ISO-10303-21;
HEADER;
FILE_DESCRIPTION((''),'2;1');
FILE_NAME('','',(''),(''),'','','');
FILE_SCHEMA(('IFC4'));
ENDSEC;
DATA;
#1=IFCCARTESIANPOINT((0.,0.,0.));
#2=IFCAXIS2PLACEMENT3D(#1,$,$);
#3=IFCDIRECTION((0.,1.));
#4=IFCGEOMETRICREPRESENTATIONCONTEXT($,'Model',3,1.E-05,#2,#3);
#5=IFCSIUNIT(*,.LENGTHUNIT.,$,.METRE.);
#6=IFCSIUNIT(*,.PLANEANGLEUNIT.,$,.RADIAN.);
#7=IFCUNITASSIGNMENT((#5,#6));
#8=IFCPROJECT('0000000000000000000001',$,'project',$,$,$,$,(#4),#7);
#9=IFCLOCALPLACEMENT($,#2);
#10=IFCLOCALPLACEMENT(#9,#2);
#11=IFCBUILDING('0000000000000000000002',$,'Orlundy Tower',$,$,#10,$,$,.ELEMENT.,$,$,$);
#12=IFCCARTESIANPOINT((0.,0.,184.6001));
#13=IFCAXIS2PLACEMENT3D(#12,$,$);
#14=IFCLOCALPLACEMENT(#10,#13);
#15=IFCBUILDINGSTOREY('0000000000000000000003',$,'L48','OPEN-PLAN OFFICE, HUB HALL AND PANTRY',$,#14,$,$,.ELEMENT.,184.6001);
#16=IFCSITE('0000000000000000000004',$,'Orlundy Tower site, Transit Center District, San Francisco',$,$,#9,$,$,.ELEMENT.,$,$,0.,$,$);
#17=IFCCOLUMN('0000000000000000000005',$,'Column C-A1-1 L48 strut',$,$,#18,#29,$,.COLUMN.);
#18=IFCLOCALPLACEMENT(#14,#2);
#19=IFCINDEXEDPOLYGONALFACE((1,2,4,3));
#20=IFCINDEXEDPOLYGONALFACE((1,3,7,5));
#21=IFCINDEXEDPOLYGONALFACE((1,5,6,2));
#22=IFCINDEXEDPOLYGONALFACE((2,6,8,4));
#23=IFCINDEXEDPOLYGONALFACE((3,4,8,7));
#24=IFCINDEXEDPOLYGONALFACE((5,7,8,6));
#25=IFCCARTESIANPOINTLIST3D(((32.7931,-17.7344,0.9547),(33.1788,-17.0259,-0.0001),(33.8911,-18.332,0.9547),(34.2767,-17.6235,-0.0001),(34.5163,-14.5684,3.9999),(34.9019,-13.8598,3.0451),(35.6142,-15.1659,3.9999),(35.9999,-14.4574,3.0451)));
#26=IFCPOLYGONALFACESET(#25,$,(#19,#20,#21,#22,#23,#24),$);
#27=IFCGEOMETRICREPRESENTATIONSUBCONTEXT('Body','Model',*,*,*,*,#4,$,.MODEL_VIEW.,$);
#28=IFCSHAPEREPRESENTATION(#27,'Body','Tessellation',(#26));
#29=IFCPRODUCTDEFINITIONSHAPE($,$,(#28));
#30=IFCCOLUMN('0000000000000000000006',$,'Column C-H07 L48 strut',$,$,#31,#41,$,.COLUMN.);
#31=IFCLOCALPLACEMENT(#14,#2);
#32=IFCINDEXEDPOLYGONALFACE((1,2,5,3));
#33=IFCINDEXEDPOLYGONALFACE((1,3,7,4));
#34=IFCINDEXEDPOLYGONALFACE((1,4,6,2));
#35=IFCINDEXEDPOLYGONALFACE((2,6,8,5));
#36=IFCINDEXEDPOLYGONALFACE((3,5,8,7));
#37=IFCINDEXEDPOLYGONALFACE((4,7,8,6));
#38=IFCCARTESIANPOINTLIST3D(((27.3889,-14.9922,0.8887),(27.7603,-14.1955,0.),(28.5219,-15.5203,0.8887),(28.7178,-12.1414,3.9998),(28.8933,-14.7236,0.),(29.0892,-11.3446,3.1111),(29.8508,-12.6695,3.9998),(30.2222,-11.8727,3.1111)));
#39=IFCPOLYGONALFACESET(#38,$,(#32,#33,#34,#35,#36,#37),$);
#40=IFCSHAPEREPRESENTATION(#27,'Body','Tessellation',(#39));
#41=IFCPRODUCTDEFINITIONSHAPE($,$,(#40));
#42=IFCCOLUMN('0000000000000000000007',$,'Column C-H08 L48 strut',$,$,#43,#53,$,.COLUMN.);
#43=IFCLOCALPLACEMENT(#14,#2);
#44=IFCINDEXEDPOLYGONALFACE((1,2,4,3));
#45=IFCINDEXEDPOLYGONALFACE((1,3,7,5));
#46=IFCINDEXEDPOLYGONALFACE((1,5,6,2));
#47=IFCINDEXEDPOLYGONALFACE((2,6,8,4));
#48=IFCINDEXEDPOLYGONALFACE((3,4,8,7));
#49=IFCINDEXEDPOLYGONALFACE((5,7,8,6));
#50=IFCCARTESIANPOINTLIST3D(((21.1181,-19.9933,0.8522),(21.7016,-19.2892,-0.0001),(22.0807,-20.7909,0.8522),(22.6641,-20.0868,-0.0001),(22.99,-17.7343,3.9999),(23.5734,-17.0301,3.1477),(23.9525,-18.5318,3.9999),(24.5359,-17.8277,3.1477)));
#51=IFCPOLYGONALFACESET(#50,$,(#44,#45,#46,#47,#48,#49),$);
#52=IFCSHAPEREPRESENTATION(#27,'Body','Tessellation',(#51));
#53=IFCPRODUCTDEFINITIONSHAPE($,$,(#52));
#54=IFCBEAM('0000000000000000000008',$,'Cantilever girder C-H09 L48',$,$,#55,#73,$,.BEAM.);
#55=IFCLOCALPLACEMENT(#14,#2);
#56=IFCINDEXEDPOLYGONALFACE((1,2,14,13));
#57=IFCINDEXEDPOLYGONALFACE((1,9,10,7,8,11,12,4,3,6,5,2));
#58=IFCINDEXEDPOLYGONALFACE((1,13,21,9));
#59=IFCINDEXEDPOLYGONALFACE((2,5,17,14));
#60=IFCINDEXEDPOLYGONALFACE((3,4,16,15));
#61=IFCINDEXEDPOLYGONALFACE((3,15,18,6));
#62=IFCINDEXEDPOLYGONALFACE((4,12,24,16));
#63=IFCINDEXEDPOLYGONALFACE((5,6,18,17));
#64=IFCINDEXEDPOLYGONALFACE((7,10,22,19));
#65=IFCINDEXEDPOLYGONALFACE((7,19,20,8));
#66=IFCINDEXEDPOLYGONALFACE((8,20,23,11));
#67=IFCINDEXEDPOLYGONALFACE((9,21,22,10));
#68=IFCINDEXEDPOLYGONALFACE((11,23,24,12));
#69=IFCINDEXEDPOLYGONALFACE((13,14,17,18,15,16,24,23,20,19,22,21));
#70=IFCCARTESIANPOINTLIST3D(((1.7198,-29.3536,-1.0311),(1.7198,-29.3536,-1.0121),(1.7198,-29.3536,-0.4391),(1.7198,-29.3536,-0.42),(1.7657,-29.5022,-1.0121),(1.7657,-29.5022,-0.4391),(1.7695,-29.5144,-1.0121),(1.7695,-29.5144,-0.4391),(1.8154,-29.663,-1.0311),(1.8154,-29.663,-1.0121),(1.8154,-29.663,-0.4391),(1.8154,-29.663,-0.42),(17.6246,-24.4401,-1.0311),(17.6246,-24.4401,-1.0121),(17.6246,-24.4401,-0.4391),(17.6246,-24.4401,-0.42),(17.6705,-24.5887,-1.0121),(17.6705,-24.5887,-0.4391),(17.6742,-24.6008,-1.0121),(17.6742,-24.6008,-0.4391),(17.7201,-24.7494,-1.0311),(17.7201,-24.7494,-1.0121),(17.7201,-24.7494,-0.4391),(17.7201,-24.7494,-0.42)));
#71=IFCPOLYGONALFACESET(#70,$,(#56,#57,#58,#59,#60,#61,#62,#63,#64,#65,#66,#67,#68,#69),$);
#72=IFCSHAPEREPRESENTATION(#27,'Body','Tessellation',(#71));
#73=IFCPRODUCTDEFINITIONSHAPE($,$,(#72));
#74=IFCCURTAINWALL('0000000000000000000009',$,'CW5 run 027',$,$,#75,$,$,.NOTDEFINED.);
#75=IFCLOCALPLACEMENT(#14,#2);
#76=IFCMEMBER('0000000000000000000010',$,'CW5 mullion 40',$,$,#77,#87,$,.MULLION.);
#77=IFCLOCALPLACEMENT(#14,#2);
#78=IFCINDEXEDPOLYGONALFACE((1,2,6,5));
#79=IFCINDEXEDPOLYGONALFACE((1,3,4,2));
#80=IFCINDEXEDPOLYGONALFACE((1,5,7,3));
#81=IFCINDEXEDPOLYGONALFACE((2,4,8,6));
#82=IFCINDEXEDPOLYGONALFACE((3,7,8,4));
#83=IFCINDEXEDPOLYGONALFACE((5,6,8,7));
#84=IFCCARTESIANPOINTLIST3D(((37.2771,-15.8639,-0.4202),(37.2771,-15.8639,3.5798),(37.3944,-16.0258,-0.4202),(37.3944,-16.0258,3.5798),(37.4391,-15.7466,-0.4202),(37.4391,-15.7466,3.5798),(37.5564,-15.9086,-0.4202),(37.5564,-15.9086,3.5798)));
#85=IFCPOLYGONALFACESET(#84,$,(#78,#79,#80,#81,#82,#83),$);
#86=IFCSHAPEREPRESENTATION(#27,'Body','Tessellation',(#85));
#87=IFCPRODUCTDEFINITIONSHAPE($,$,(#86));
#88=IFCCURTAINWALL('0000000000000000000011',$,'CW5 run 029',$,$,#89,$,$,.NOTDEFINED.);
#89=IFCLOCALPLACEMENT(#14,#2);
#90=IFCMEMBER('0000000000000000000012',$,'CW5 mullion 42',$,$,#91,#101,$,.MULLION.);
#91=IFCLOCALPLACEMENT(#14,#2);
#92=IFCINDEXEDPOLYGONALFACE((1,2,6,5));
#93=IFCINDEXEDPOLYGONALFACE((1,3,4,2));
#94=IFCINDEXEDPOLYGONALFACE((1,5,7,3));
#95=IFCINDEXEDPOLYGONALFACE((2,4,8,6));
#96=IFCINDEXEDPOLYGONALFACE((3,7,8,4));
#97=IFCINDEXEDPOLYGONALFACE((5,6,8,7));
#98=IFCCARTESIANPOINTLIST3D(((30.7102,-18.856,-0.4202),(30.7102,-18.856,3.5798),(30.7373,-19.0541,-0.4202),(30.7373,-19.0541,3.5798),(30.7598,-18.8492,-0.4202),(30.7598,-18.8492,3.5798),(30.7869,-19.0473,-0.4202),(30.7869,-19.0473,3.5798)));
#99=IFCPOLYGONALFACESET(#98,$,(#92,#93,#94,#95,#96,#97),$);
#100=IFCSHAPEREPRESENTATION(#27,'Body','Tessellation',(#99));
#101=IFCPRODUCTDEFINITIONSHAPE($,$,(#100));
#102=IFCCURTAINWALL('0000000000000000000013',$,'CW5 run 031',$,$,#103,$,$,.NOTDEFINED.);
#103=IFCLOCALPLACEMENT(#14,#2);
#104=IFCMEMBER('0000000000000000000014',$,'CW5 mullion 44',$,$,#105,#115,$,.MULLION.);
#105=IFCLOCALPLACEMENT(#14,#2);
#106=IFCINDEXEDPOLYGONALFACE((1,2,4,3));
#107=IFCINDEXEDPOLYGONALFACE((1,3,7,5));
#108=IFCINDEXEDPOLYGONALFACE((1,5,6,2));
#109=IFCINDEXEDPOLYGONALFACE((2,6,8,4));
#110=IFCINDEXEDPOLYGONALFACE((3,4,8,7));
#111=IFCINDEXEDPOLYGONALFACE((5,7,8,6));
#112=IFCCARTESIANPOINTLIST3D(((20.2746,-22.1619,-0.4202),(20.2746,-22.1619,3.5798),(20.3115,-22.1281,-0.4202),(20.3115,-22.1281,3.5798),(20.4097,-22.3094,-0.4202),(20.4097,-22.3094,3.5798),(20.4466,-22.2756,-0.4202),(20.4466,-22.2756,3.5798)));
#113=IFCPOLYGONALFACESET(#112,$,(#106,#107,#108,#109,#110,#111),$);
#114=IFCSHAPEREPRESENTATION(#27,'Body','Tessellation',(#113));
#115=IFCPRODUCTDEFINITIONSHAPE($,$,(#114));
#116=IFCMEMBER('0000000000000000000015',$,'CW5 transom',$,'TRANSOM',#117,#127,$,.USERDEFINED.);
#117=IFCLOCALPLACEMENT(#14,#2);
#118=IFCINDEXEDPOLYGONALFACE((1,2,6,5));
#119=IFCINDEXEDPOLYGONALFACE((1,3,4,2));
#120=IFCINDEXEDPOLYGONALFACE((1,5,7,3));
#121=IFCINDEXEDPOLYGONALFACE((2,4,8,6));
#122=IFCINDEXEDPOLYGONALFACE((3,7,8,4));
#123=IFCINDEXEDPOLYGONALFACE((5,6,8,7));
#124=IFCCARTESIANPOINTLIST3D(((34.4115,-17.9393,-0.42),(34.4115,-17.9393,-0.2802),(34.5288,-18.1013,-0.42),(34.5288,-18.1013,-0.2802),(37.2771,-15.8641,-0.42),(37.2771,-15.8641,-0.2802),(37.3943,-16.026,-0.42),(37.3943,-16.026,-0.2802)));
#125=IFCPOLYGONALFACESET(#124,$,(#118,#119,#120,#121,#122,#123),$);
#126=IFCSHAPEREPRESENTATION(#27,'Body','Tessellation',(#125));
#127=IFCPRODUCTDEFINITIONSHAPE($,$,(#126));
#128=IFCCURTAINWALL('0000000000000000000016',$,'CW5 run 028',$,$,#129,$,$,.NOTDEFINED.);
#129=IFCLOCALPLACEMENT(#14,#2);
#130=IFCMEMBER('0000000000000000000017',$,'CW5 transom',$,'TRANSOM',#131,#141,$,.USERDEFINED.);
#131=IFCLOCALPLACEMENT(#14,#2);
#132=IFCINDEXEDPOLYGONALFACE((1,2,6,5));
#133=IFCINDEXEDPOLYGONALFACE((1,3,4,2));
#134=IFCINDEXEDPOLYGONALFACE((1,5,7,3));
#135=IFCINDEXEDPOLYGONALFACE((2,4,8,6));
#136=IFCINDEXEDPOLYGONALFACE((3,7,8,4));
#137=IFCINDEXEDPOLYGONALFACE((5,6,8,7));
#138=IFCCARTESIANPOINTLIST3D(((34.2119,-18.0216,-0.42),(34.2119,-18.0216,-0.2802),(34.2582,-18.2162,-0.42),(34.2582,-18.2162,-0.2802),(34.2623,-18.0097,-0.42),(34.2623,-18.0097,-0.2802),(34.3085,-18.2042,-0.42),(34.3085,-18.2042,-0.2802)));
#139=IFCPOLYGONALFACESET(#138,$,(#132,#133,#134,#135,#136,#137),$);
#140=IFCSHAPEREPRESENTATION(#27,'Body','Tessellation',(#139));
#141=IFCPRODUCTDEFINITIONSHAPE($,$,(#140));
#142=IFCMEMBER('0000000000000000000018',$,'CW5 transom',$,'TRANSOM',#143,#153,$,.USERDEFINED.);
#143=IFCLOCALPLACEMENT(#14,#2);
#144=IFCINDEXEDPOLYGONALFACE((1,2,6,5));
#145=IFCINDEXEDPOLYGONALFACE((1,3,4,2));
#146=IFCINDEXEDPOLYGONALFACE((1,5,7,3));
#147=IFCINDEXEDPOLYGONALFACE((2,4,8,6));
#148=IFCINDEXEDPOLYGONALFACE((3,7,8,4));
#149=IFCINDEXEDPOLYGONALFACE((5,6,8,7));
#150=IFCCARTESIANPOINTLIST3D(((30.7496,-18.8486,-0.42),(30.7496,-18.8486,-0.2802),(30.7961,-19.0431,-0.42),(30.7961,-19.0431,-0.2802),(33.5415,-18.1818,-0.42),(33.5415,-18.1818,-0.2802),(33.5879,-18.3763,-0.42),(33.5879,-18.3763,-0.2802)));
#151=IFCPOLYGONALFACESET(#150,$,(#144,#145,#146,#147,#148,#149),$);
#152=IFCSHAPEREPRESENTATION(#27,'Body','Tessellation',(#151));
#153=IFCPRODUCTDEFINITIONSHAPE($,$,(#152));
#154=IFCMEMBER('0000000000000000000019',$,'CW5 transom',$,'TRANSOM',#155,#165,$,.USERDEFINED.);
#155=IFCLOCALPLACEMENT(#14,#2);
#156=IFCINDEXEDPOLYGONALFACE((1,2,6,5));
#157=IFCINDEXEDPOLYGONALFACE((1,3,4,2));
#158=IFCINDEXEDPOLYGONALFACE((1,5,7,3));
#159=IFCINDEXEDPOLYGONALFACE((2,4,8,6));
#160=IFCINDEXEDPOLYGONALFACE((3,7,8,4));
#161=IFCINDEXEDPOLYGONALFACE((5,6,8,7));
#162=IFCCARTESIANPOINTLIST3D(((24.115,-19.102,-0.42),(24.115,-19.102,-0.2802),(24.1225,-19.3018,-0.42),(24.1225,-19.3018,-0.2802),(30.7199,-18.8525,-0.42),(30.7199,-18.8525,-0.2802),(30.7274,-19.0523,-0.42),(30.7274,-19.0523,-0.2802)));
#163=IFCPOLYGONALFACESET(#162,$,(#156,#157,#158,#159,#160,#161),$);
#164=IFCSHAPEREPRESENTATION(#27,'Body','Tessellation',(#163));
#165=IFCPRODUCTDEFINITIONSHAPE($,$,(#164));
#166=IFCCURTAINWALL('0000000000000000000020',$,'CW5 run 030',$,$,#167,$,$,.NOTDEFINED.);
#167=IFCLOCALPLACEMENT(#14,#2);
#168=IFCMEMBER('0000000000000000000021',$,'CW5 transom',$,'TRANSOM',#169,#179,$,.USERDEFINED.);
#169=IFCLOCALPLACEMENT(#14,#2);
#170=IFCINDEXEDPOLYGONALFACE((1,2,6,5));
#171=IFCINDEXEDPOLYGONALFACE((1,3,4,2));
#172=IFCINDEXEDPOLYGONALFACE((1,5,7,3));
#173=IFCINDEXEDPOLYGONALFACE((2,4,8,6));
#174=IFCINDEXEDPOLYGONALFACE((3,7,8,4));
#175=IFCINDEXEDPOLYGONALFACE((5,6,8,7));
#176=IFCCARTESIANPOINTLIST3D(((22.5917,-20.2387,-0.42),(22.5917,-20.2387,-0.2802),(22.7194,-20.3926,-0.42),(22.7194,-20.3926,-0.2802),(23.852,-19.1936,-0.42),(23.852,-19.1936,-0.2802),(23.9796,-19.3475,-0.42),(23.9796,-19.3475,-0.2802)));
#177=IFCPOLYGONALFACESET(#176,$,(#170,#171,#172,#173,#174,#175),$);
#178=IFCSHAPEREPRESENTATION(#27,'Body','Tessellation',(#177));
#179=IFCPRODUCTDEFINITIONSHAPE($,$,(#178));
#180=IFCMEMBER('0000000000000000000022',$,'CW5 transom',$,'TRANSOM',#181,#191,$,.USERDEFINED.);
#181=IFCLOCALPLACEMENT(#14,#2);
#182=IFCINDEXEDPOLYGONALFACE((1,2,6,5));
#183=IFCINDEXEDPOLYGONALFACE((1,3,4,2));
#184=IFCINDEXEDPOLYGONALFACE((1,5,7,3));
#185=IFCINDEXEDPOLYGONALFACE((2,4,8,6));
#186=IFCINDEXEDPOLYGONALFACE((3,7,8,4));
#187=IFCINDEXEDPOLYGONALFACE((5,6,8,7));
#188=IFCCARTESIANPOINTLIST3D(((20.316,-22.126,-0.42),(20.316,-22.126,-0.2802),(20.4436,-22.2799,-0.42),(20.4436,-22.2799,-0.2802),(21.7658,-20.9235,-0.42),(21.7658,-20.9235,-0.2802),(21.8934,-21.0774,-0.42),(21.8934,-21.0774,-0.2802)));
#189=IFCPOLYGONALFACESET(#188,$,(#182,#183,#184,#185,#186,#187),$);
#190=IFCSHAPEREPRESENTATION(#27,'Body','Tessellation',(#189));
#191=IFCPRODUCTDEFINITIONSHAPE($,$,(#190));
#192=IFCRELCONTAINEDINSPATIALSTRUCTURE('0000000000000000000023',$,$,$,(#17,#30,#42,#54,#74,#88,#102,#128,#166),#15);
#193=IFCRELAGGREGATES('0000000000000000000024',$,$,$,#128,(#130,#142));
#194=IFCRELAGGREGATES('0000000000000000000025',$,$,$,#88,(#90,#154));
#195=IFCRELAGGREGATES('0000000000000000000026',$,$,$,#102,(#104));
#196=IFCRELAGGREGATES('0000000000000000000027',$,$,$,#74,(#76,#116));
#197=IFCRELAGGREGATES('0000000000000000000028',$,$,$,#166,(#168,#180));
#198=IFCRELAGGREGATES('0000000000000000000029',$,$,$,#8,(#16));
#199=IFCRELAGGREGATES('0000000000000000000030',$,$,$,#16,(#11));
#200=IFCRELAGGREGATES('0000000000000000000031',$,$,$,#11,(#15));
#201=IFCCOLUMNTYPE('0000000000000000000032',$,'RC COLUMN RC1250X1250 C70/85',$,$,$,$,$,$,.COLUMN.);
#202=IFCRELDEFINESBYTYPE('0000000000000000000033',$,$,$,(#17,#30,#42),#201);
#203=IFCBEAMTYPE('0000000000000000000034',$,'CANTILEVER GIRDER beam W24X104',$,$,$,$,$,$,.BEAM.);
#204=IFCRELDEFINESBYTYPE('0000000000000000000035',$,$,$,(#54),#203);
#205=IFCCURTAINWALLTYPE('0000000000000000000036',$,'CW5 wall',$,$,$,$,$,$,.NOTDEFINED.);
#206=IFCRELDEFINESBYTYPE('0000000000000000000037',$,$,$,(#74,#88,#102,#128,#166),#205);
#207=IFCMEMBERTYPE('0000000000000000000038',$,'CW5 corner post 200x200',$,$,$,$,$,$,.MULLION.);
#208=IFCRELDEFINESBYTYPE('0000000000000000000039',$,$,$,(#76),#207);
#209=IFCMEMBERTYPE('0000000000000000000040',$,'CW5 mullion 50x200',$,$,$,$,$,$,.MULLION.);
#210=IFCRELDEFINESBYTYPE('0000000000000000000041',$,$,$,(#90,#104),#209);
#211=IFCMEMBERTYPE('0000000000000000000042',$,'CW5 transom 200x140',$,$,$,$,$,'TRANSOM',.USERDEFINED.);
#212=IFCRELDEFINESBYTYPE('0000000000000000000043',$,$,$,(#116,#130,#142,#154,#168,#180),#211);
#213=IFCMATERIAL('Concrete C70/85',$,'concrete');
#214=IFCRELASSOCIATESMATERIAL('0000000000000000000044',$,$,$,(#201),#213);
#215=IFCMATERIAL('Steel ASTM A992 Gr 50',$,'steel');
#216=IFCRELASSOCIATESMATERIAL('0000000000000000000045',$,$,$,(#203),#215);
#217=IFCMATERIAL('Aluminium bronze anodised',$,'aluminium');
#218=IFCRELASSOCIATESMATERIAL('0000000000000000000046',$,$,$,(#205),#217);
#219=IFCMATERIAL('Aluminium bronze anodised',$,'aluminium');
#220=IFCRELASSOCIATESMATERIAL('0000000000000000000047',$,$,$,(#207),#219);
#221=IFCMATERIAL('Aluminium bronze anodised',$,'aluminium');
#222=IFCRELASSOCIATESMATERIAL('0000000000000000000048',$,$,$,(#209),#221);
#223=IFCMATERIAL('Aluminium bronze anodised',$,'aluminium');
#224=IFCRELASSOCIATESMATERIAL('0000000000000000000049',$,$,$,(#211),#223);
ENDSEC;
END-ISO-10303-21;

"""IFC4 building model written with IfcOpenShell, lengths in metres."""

from ifc_helpers import new_model, si_unit, direction, frame, origin, origin_2d, place, context, subcontext, project, spatial, rectangle, i_section, extrude, material, material_profile, profile_set, type_object, element, aggregate, save


model = new_model("IFC4")

# Units and contexts
model_context = context("Model", 3, precision=1e-05, world=origin(), true_north=direction((0.0, 1.0)))
body_context = subcontext(model_context, "Body", "Model", "MODEL_VIEW")
ifc_project = project(units=[si_unit("LENGTHUNIT", "METRE"), si_unit("PLANEANGLEUNIT", "RADIAN")], contexts=[model_context])

# Site, building, storey
site_placement = place(None, origin())
site = spatial("IfcSite", under=ifc_project, at=site_placement, Name="Orlundy Tower site, Transit Center District, San Francisco", CompositionType="ELEMENT", RefElevation=0.0)
building_placement = place(site_placement, origin())
building = spatial("IfcBuilding", under=site, at=building_placement, Name="Orlundy Tower", CompositionType="ELEMENT")
storey_placement = place(building_placement, frame((0.0, 0.0, 184.6001)))
storey = spatial("IfcBuildingStorey", under=building, at=storey_placement, Name="L48", Description="OPEN-PLAN OFFICE, HUB HALL AND PANTRY", CompositionType="ELEMENT", Elevation=184.6001)

# Columns
ifc_material_1 = material(Name="Concrete C70/85", Category="concrete")
ifc_material_profile_1 = material_profile(ifc_material_1, rectangle(XDim=1.25, YDim=1.25, at=origin_2d()), Name="RC1250X1250")
ifc_profile_set_1 = profile_set([ifc_material_profile_1], Name="Concrete C70/85")
column_type = type_object("IfcColumnType", Name="RC COLUMN RC1250X1250 C70/85", PredefinedType="COLUMN", material=ifc_profile_set_1)
column_1_placement = place(storey_placement, frame((33.5349, -17.679, 0.4773), z_axis=(0.365175, 0.670954, 0.645343), x_axis=(-0.878335, 0.478045, 0.0)))
element("IfcColumn", 1, at=column_1_placement, inside=storey, type_object=column_type, Name="Column C-A1-1 L48 strut", PredefinedType="COLUMN", context=body_context, shape_type="SweptSolid", body=[
    extrude(rectangle(XDim=1.25, YDim=1.25, at=origin_2d()), origin(), (0.0, 0.0, 1.0), 4.7188),
])
column_2_placement = place(storey_placement, frame((28.1411, -14.8579, 0.4443), z_axis=(0.300373, 0.644398, 0.703226), x_axis=(-0.906369, 0.422486, 0.0)))
element("IfcColumn", 2, at=column_2_placement, inside=storey, type_object=column_type, Name="Column C-H07 L48 strut", PredefinedType="COLUMN", context=body_context, shape_type="SweptSolid", body=[
    extrude(rectangle(XDim=1.25, YDim=1.25, at=origin_2d()), origin(), (0.0, 0.0, 1.0), 4.4241),
])
column_3_placement = place(storey_placement, frame((21.8911, -20.04, 0.426), z_axis=(0.435014, 0.525002, 0.73153), x_axis=(-0.770012, 0.638029, 0.0)))
element("IfcColumn", 3, at=column_3_placement, inside=storey, type_object=column_type, Name="Column C-H08 L48 strut", PredefinedType="COLUMN", context=body_context, shape_type="SweptSolid", body=[
    extrude(rectangle(XDim=1.25, YDim=1.25, at=origin_2d()), origin(), (0.0, 0.0, 1.0), 4.303),
])

# Beam
ifc_material_2 = material(Name="Steel ASTM A992 Gr 50", Category="steel")
ifc_material_profile_2 = material_profile(ifc_material_2, i_section(OverallWidth=0.3237, OverallDepth=0.6111, WebThickness=0.0127, FlangeThickness=0.019, at=origin_2d()), Name="W24X104")
ifc_profile_set_2 = profile_set([ifc_material_profile_2], Name="Steel ASTM A992 Gr 50")
beam_type = type_object("IfcBeamType", Name="CANTILEVER GIRDER beam W24X104", PredefinedType="BEAM", material=ifc_profile_set_2)
beam_placement = place(storey_placement, frame((17.6724, -24.5947, -0.7256), z_axis=(-0.955444, -0.295172, 0.0), x_axis=(0.295172, -0.955444, 0.0)))
element("IfcBeam", 4, at=beam_placement, inside=storey, type_object=beam_type, Name="Cantilever girder C-H09 L48", PredefinedType="BEAM", context=body_context, shape_type="SweptSolid", body=[
    extrude(i_section(OverallWidth=0.3237, OverallDepth=0.6111, WebThickness=0.0127, FlangeThickness=0.019, at=origin_2d()), origin(), (0.0, 0.0, 1.0), 16.6465),
])

# Curtain walls, members
ifc_material_3 = material(Name="Aluminium bronze anodised", Category="aluminium")
curtain_wall_type = type_object("IfcCurtainWallType", Name="CW5 wall", PredefinedType="NOTDEFINED", material=ifc_material_3)
curtain_wall_1_placement = place(storey_placement, origin())
curtain_wall_1 = element("IfcCurtainWall", 5, at=curtain_wall_1_placement, inside=storey, type_object=curtain_wall_type, Name="CW5 run 027", PredefinedType="NOTDEFINED")
ifc_material_4 = material(Name="Aluminium bronze anodised", Category="aluminium")
ifc_material_profile_3 = material_profile(ifc_material_4, rectangle(XDim=0.2, YDim=0.2, at=origin_2d()), Name="CW5 corner post 200x200")
ifc_profile_set_3 = profile_set([ifc_material_profile_3], Name="Aluminium bronze anodised")
member_type_1 = type_object("IfcMemberType", Name="CW5 corner post 200x200", PredefinedType="MULLION", material=ifc_profile_set_3)
member_1_placement = place(storey_placement, frame((37.4167, -15.8862, -0.4202), z_axis=(0.0, 0.0, 1.0), x_axis=(0.586534, -0.809924, 0.0)))
member_1 = element("IfcMember", 6, at=member_1_placement, type_object=member_type_1, Name="CW5 mullion 40", PredefinedType="MULLION", context=body_context, shape_type="SweptSolid", body=[
    extrude(rectangle(XDim=0.2, YDim=0.2, at=origin_2d()), origin(), (0.0, 0.0, 1.0), 4.0),
])
curtain_wall_2_placement = place(storey_placement, origin())
curtain_wall_2 = element("IfcCurtainWall", 7, at=curtain_wall_2_placement, inside=storey, type_object=curtain_wall_type, Name="CW5 run 029", PredefinedType="NOTDEFINED")
ifc_material_5 = material(Name="Aluminium bronze anodised", Category="aluminium")
ifc_material_profile_4 = material_profile(ifc_material_5, rectangle(XDim=0.2, YDim=0.05, at=origin_2d()), Name="CW5 mullion 50x200")
ifc_profile_set_4 = profile_set([ifc_material_profile_4], Name="Aluminium bronze anodised")
member_type_2 = type_object("IfcMemberType", Name="CW5 mullion 50x200", PredefinedType="MULLION", material=ifc_profile_set_4)
member_2_placement = place(storey_placement, frame((30.7485, -18.9517, -0.4202), z_axis=(0.0, 0.0, 1.0), x_axis=(0.135672, -0.990754, 0.0)))
member_2 = element("IfcMember", 8, at=member_2_placement, type_object=member_type_2, Name="CW5 mullion 42", PredefinedType="MULLION", context=body_context, shape_type="SweptSolid", body=[
    extrude(rectangle(XDim=0.2, YDim=0.05, at=origin_2d()), origin(), (0.0, 0.0, 1.0), 4.0),
])
curtain_wall_3_placement = place(storey_placement, origin())
curtain_wall_3 = element("IfcCurtainWall", 9, at=curtain_wall_3_placement, inside=storey, type_object=curtain_wall_type, Name="CW5 run 031", PredefinedType="NOTDEFINED")
member_3_placement = place(storey_placement, frame((20.3606, -22.2188, -0.4202), z_axis=(0.0, 0.0, 1.0), x_axis=(0.675602, -0.737266, 0.0)))
member_3 = element("IfcMember", 10, at=member_3_placement, type_object=member_type_2, Name="CW5 mullion 44", PredefinedType="MULLION", context=body_context, shape_type="SweptSolid", body=[
    extrude(rectangle(XDim=0.2, YDim=0.05, at=origin_2d()), origin(), (0.0, 0.0, 1.0), 4.0),
])

# Member
ifc_material_6 = material(Name="Aluminium bronze anodised", Category="aluminium")
ifc_material_profile_5 = material_profile(ifc_material_6, rectangle(XDim=0.2, YDim=0.1399, at=origin_2d()), Name="CW5 transom 200x140")
ifc_profile_set_5 = profile_set([ifc_material_profile_5], Name="Aluminium bronze anodised")
member_type_3 = type_object("IfcMemberType", Name="CW5 transom 200x140", ElementType="TRANSOM", PredefinedType="USERDEFINED", material=ifc_profile_set_5)
member_4_placement = place(storey_placement, frame((37.3357, -15.9451, -0.3501), z_axis=(-0.809916, -0.586546, 0.0), x_axis=(0.586546, -0.809916, 0.0)))
member_4 = element("IfcMember", 11, at=member_4_placement, type_object=member_type_3, Name="CW5 transom", ObjectType="TRANSOM", PredefinedType="USERDEFINED", context=body_context, shape_type="SweptSolid", body=[
    extrude(rectangle(XDim=0.2, YDim=0.1399, at=origin_2d()), origin(), (0.0, 0.0, 1.0), 3.5381),
])

# Curtain wall, members
curtain_wall_4_placement = place(storey_placement, origin())
curtain_wall_4 = element("IfcCurtainWall", 12, at=curtain_wall_4_placement, inside=storey, type_object=curtain_wall_type, Name="CW5 run 028", PredefinedType="NOTDEFINED")
member_5_placement = place(storey_placement, frame((34.2854, -18.1069, -0.3501), z_axis=(-0.972857, -0.231408, 0.0), x_axis=(0.231408, -0.972857, 0.0)))
member_5 = element("IfcMember", 13, at=member_5_placement, type_object=member_type_3, Name="CW5 transom", ObjectType="TRANSOM", PredefinedType="USERDEFINED", context=body_context, shape_type="SweptSolid", body=[
    extrude(rectangle(XDim=0.2, YDim=0.1399, at=origin_2d()), origin(), (0.0, 0.0, 1.0), 0.0518),
])
member_6_placement = place(storey_placement, frame((33.5647, -18.2791, -0.3501), z_axis=(-0.972645, -0.232295, 0.0), x_axis=(0.232295, -0.972645, 0.0)))
member_6 = element("IfcMember", 14, at=member_6_placement, type_object=member_type_3, Name="CW5 transom", ObjectType="TRANSOM", PredefinedType="USERDEFINED", context=body_context, shape_type="SweptSolid", body=[
    extrude(rectangle(XDim=0.2, YDim=0.1399, at=origin_2d()), origin(), (0.0, 0.0, 1.0), 2.8704),
])

# Member
member_7_placement = place(storey_placement, frame((30.7236, -18.9524, -0.3501), z_axis=(-0.999287, -0.037749, 0.0), x_axis=(0.037749, -0.999287, 0.0)))
member_7 = element("IfcMember", 15, at=member_7_placement, type_object=member_type_3, Name="CW5 transom", ObjectType="TRANSOM", PredefinedType="USERDEFINED", context=body_context, shape_type="SweptSolid", body=[
    extrude(rectangle(XDim=0.2, YDim=0.1399, at=origin_2d()), origin(), (0.0, 0.0, 1.0), 6.6096),
])

# Curtain wall, members
curtain_wall_5_placement = place(storey_placement, origin())
curtain_wall_5 = element("IfcCurtainWall", 16, at=curtain_wall_5_placement, inside=storey, type_object=curtain_wall_type, Name="CW5 run 030", PredefinedType="NOTDEFINED")
member_8_placement = place(storey_placement, frame((23.9158, -19.2705, -0.3501), z_axis=(-0.769735, -0.638364, 0.0), x_axis=(0.638364, -0.769735, 0.0)))
member_8 = element("IfcMember", 17, at=member_8_placement, type_object=member_type_3, Name="CW5 transom", ObjectType="TRANSOM", PredefinedType="USERDEFINED", context=body_context, shape_type="SweptSolid", body=[
    extrude(rectangle(XDim=0.2, YDim=0.1399, at=origin_2d()), origin(), (0.0, 0.0, 1.0), 1.6372),
])
member_9_placement = place(storey_placement, frame((21.8296, -21.0005, -0.3501), z_axis=(-0.769707, -0.638398, 0.0), x_axis=(0.638398, -0.769707, 0.0)))
member_9 = element("IfcMember", 18, at=member_9_placement, type_object=member_type_3, Name="CW5 transom", ObjectType="TRANSOM", PredefinedType="USERDEFINED", context=body_context, shape_type="SweptSolid", body=[
    extrude(rectangle(XDim=0.2, YDim=0.1399, at=origin_2d()), origin(), (0.0, 0.0, 1.0), 1.8835),
])

aggregate(curtain_wall_4, [member_5, member_6])
aggregate(curtain_wall_2, [member_2, member_7])
aggregate(curtain_wall_3, [member_3])
aggregate(curtain_wall_1, [member_1, member_4])
aggregate(curtain_wall_5, [member_8, member_9])

save(model, "model.ifc")
